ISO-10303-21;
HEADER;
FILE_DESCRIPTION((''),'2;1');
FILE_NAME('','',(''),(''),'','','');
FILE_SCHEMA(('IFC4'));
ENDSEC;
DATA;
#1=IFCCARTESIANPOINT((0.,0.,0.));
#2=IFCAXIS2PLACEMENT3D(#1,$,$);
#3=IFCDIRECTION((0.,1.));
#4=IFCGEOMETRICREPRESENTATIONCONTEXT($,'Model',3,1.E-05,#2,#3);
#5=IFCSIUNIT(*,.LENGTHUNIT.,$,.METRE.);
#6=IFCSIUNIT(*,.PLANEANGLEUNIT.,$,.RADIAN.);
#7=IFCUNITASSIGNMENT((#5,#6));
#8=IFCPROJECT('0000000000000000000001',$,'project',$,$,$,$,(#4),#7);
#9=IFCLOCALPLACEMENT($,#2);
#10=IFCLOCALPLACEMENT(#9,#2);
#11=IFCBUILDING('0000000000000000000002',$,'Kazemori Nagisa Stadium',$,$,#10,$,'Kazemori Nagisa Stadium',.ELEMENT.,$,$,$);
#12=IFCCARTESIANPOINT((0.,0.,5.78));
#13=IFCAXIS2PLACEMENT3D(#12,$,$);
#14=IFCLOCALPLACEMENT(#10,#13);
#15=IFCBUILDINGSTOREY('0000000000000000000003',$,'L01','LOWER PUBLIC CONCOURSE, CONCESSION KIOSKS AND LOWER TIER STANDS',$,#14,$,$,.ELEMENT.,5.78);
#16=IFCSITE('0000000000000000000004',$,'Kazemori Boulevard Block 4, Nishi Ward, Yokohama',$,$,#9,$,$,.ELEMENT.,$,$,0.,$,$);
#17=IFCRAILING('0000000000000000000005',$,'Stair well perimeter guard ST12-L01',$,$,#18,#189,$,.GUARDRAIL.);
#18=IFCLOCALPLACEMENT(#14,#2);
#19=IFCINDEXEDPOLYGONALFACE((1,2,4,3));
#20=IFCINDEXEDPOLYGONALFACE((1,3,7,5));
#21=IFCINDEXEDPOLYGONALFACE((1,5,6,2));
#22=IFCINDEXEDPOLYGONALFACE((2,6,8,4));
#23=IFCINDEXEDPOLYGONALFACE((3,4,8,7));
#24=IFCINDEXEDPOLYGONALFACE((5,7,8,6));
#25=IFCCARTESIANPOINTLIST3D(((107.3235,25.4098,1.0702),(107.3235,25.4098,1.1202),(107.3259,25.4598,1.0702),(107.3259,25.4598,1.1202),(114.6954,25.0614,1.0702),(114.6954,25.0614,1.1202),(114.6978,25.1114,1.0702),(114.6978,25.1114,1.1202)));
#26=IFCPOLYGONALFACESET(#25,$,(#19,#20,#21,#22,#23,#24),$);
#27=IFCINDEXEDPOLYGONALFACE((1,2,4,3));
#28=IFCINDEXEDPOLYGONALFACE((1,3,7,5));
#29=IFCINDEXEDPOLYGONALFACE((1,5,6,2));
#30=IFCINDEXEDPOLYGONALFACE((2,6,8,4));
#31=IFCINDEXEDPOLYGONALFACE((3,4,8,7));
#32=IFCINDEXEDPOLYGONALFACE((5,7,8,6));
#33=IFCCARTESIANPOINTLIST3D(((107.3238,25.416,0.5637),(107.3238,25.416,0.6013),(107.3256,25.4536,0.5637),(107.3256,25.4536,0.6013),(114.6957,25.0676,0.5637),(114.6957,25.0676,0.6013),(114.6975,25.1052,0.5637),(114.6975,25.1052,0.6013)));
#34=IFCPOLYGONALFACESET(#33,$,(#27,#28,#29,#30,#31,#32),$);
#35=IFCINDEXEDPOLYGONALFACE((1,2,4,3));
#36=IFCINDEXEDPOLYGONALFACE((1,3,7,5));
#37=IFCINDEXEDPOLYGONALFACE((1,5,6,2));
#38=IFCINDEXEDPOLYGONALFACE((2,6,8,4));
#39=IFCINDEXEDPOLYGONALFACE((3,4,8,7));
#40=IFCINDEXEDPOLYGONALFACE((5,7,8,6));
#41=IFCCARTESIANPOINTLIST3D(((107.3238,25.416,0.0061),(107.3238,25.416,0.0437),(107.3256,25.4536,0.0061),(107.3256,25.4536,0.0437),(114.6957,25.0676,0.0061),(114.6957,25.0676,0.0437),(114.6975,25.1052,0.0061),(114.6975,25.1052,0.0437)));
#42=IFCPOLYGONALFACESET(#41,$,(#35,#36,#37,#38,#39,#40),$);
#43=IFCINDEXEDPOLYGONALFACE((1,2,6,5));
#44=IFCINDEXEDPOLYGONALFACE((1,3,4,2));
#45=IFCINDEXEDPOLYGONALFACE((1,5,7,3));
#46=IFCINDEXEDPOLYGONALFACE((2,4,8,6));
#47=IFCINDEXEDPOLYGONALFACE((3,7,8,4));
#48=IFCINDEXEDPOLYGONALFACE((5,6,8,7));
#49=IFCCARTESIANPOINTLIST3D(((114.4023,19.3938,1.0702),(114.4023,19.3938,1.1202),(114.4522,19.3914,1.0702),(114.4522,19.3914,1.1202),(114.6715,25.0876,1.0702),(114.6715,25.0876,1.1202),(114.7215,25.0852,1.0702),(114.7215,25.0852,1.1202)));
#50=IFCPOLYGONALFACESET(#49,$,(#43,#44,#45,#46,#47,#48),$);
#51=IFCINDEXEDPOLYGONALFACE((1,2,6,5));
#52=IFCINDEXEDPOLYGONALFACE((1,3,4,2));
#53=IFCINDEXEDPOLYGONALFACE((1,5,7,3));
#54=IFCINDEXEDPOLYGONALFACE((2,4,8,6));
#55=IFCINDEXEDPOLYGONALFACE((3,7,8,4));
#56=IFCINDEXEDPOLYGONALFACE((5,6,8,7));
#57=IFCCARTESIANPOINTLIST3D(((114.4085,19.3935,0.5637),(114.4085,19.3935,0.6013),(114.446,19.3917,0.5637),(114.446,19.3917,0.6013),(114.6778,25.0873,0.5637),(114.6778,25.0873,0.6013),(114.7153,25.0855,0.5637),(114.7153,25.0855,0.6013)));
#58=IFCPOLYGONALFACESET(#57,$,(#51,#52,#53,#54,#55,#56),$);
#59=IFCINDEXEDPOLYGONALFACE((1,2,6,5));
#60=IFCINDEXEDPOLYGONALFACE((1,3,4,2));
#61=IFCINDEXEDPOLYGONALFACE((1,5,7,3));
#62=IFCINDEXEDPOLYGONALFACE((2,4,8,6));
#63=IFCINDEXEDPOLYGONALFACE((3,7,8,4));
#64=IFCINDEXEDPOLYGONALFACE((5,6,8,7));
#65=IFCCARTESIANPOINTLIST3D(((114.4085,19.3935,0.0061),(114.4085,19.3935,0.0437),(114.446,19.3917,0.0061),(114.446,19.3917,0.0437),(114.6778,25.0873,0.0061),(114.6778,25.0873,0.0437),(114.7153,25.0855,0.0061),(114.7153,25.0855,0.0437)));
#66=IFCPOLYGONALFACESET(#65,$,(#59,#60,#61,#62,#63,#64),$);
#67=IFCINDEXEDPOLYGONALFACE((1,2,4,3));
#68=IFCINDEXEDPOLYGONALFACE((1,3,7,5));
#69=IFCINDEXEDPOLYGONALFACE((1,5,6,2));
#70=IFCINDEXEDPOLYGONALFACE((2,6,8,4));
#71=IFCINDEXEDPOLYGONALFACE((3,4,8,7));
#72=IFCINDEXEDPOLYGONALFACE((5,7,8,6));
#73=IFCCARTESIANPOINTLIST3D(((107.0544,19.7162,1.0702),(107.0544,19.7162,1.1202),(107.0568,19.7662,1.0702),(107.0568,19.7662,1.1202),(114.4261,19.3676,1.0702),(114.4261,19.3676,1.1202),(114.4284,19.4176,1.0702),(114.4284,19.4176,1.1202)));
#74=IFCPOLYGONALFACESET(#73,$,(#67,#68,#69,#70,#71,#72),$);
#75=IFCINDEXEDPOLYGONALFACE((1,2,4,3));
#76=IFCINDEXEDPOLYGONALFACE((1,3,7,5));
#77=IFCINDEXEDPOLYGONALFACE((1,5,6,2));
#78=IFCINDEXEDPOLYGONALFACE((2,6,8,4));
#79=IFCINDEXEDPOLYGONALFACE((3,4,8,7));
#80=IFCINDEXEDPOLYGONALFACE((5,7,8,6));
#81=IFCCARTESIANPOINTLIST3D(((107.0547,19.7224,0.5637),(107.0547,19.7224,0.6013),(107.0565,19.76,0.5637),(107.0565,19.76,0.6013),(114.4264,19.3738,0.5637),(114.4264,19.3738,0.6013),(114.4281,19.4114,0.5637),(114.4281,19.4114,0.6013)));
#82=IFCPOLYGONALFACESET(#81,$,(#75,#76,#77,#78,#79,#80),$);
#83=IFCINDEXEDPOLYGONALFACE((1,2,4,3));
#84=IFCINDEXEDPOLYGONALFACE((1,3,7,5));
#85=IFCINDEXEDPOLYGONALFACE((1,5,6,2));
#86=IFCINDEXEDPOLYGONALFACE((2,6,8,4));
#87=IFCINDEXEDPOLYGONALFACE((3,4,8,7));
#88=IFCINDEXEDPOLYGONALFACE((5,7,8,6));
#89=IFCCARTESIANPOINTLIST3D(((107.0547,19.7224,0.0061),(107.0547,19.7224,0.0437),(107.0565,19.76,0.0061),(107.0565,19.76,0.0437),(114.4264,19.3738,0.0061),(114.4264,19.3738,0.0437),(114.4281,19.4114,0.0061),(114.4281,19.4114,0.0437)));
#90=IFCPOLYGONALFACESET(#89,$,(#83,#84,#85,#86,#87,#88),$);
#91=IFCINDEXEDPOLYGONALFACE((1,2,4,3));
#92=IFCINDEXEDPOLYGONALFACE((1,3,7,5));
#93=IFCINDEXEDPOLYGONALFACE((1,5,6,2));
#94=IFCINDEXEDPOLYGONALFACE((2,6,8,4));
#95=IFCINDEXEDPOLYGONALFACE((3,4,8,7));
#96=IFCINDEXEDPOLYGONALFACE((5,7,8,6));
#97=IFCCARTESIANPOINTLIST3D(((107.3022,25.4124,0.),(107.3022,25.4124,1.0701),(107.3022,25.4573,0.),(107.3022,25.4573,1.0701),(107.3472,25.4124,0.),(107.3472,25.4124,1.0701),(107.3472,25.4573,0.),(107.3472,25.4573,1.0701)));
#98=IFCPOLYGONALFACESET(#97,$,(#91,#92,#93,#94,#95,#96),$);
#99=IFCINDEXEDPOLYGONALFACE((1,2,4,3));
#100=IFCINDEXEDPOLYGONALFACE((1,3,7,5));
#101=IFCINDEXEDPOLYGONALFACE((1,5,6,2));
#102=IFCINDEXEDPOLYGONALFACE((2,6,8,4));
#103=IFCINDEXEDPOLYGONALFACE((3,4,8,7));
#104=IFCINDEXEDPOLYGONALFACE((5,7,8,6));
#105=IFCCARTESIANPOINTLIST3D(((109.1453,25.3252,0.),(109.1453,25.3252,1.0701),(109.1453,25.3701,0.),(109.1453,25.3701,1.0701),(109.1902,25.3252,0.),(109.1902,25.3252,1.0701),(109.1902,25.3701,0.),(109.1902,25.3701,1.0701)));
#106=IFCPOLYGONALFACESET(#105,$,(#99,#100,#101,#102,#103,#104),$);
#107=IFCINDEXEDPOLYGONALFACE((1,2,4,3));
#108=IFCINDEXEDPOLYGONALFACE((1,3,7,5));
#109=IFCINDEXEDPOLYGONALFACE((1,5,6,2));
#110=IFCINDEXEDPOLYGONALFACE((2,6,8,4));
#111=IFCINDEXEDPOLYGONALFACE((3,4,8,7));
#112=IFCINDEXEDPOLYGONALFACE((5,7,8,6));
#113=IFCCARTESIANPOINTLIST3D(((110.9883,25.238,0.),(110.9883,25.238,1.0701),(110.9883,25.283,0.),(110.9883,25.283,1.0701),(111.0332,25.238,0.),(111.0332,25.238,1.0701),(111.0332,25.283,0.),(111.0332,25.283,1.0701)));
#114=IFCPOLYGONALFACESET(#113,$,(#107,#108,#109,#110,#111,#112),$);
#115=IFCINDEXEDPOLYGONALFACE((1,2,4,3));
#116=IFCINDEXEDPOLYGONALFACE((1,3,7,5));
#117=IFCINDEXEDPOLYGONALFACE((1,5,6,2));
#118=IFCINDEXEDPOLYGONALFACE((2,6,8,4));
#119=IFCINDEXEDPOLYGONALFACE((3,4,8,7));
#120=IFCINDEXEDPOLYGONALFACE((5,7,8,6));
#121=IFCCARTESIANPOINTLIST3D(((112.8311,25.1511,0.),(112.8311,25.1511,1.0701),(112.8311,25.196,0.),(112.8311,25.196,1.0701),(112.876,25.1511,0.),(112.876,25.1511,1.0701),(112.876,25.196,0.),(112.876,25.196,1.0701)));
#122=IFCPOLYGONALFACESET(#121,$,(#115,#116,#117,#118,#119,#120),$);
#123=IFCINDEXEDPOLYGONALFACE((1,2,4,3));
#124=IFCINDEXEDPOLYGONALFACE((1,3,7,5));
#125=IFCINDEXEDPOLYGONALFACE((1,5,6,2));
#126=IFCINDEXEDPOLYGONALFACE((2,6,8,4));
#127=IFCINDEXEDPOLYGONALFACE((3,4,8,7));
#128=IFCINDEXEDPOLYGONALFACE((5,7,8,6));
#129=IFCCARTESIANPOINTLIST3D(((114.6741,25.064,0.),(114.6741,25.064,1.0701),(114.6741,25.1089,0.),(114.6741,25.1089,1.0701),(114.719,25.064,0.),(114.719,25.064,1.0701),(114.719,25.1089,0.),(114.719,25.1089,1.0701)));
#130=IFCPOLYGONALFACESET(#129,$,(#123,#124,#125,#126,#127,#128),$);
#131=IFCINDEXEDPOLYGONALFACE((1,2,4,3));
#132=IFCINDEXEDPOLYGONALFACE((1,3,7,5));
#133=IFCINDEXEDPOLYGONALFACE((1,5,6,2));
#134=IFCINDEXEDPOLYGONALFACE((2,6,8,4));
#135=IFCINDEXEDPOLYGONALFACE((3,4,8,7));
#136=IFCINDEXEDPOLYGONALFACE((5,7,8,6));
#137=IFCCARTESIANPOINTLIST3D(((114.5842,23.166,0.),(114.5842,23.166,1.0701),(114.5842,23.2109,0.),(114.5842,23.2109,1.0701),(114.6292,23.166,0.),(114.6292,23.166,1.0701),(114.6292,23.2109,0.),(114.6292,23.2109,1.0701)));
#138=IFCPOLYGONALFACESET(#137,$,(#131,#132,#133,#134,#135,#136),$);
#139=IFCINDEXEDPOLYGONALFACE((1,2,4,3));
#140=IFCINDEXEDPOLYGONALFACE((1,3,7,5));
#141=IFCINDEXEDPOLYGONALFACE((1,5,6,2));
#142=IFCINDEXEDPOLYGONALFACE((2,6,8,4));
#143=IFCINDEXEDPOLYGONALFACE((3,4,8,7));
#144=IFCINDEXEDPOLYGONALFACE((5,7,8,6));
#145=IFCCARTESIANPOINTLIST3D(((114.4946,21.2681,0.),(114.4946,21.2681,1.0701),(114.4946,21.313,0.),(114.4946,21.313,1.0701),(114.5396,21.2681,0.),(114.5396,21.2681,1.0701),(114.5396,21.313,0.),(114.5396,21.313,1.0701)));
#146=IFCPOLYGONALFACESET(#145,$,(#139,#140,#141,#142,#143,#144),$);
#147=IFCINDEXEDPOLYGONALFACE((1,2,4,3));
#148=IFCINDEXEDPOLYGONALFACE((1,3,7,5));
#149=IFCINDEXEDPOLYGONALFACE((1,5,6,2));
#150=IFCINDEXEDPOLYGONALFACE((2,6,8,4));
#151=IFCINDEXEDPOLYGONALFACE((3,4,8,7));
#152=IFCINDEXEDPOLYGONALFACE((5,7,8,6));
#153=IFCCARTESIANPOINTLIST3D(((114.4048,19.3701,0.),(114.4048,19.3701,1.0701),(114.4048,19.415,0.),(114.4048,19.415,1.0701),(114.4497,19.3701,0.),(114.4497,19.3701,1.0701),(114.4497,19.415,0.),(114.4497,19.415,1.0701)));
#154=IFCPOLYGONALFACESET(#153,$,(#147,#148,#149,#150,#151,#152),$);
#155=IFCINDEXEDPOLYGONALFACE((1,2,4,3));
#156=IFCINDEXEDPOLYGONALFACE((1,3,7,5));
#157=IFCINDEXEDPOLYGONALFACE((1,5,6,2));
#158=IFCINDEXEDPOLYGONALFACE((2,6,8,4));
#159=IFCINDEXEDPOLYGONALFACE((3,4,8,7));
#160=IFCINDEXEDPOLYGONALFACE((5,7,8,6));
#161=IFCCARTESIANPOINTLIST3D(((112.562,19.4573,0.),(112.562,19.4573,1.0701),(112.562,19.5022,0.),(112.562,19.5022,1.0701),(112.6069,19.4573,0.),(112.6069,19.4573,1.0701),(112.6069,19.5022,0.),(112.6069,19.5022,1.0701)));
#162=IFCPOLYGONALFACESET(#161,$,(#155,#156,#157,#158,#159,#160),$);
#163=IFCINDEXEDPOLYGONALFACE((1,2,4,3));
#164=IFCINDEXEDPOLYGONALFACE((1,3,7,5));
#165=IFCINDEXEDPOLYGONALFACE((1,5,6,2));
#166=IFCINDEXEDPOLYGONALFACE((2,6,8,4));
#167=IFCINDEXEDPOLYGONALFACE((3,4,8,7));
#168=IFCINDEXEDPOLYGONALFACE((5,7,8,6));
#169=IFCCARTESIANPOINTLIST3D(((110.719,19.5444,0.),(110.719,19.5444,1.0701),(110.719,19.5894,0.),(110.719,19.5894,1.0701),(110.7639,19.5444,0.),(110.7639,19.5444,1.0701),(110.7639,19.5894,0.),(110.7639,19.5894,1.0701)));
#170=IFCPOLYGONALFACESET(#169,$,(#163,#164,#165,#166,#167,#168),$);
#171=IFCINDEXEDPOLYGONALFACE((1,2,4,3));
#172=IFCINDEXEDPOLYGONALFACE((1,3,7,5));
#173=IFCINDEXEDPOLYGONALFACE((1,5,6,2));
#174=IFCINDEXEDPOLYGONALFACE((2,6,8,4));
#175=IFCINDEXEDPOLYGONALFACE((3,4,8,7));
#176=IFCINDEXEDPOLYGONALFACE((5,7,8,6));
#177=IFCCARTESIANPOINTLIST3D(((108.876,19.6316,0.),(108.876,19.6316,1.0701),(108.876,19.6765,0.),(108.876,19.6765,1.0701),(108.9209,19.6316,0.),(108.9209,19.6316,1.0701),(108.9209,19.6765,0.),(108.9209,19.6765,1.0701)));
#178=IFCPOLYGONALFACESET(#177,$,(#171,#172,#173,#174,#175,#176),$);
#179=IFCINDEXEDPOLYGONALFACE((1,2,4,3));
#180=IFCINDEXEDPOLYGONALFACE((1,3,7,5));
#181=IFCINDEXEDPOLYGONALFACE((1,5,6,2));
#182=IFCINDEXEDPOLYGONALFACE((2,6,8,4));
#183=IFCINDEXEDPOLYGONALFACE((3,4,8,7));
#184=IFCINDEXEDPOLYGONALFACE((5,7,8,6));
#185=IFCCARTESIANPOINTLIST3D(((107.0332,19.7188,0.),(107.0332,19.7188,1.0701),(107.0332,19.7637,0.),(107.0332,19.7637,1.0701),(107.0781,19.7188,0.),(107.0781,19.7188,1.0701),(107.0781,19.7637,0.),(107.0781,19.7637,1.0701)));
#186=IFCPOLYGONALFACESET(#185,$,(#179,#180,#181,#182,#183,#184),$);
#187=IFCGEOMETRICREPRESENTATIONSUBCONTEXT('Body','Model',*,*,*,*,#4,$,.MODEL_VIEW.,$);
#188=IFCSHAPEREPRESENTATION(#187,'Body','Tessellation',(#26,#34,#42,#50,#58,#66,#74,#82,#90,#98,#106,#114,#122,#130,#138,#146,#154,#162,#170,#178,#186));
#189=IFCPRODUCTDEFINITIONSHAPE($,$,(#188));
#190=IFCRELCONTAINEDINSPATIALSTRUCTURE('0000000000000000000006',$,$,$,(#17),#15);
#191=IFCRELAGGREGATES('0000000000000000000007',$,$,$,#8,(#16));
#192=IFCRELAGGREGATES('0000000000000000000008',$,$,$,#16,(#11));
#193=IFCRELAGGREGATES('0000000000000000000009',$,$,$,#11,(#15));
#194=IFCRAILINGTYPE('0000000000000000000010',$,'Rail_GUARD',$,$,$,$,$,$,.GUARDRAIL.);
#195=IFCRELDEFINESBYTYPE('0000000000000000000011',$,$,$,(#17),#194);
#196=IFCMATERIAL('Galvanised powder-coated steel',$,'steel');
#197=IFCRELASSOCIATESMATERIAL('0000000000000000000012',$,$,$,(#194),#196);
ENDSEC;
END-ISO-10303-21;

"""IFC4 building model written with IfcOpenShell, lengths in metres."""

from ifc_helpers import new_model, si_unit, direction, frame, origin, origin_2d, place, context, subcontext, project, spatial, rectangle, extrude, material, type_object, element, save


model = new_model("IFC4")

# Units and contexts
model_context = context("Model", 3, precision=1e-05, world=origin(), true_north=direction((0.0, 1.0)))
body_context = subcontext(model_context, "Body", "Model", "MODEL_VIEW")
ifc_project = project(units=[si_unit("LENGTHUNIT", "METRE"), si_unit("PLANEANGLEUNIT", "RADIAN")], contexts=[model_context])

# Site, building, storey
site_placement = place(None, origin())
site = spatial("IfcSite", under=ifc_project, at=site_placement, Name="Kazemori Boulevard Block 4, Nishi Ward, Yokohama", CompositionType="ELEMENT", RefElevation=0.0)
building_placement = place(site_placement, origin())
building = spatial("IfcBuilding", under=site, at=building_placement, Name="Kazemori Nagisa Stadium", LongName="Kazemori Nagisa Stadium", CompositionType="ELEMENT")
storey_placement = place(building_placement, frame((0.0, 0.0, 5.78)))
storey = spatial("IfcBuildingStorey", under=building, at=storey_placement, Name="L01", Description="LOWER PUBLIC CONCOURSE, CONCESSION KIOSKS AND LOWER TIER STANDS", CompositionType="ELEMENT", Elevation=5.78)

# Railing
ifc_material_1 = material(Name="Galvanised powder-coated steel", Category="steel")
railing_type_1 = type_object("IfcRailingType", Name="Rail_GUARD", PredefinedType="GUARDRAIL", material=ifc_material_1)
railing_1_placement = place(storey_placement, frame((107.3247, 25.4348, 0.0)))
element("IfcRailing", 1, at=railing_1_placement, inside=storey, type_object=railing_type_1, Name="Stair well perimeter guard ST12-L01", PredefinedType="GUARDRAIL", context=body_context, shape_type="SweptSolid", body=[
    extrude(rectangle(XDim=0.05, YDim=0.05, at=origin_2d()), frame((0.0, 0.0, 1.0952), z_axis=(0.998885, -0.047207, 0.0), x_axis=(0.047207, 0.998885, 0.0)), (0.0, 0.0, 1.0), 7.3801),
    extrude(rectangle(XDim=0.0376, YDim=0.0376, at=origin_2d()), frame((0.0, 0.0, 0.5825), z_axis=(0.998885, -0.047207, 0.0), x_axis=(0.047207, 0.998885, 0.0)), (0.0, 0.0, 1.0), 7.3801),
    extrude(rectangle(XDim=0.0376, YDim=0.0376, at=origin_2d()), frame((0.0, 0.0, 0.0249), z_axis=(0.998885, -0.047207, 0.0), x_axis=(0.047207, 0.998885, 0.0)), (0.0, 0.0, 1.0), 7.3801),
    extrude(rectangle(XDim=0.05, YDim=0.05, at=origin_2d()), frame((7.3718, -0.3484, 1.0952), z_axis=(-0.047242, -0.998883, 0.0), x_axis=(0.998883, -0.047242, 0.0)), (0.0, 0.0, 1.0), 5.7002),
    extrude(rectangle(XDim=0.0376, YDim=0.0376, at=origin_2d()), frame((7.3718, -0.3484, 0.5825), z_axis=(-0.047242, -0.998883, 0.0), x_axis=(0.998883, -0.047242, 0.0)), (0.0, 0.0, 1.0), 5.7002),
    extrude(rectangle(XDim=0.0376, YDim=0.0376, at=origin_2d()), frame((7.3718, -0.3484, 0.0249), z_axis=(-0.047242, -0.998883, 0.0), x_axis=(0.998883, -0.047242, 0.0)), (0.0, 0.0, 1.0), 5.7002),
    extrude(rectangle(XDim=0.05, YDim=0.05, at=origin_2d()), frame((7.1025, -6.0422, 1.0952), z_axis=(-0.998884, 0.047241, 0.0), x_axis=(-0.047241, -0.998884, 0.0)), (0.0, 0.0, 1.0), 7.3799),
    extrude(rectangle(XDim=0.0376, YDim=0.0376, at=origin_2d()), frame((7.1025, -6.0422, 0.5825), z_axis=(-0.998884, 0.047241, 0.0), x_axis=(-0.047241, -0.998884, 0.0)), (0.0, 0.0, 1.0), 7.3799),
    extrude(rectangle(XDim=0.0376, YDim=0.0376, at=origin_2d()), frame((7.1025, -6.0422, 0.0249), z_axis=(-0.998884, 0.047241, 0.0), x_axis=(-0.047241, -0.998884, 0.0)), (0.0, 0.0, 1.0), 7.3799),
    extrude(rectangle(XDim=0.0449, YDim=0.0449, at=origin_2d()), origin(), (0.0, 0.0, 1.0), 1.0701),
    extrude(rectangle(XDim=0.0449, YDim=0.0449, at=origin_2d()), frame((1.843, -0.0872, 0.0)), (0.0, 0.0, 1.0), 1.0701),
    extrude(rectangle(XDim=0.0449, YDim=0.0449, at=origin_2d()), frame((3.686, -0.1743, 0.0)), (0.0, 0.0, 1.0), 1.0701),
    extrude(rectangle(XDim=0.0449, YDim=0.0449, at=origin_2d()), frame((5.5288, -0.2612, 0.0)), (0.0, 0.0, 1.0), 1.0701),
    extrude(rectangle(XDim=0.0449, YDim=0.0449, at=origin_2d()), frame((7.3718, -0.3484, 0.0)), (0.0, 0.0, 1.0), 1.0701),
    extrude(rectangle(XDim=0.0449, YDim=0.0449, at=origin_2d()), frame((7.282, -2.2463, 0.0)), (0.0, 0.0, 1.0), 1.0701),
    extrude(rectangle(XDim=0.0449, YDim=0.0449, at=origin_2d()), frame((7.1924, -4.1443, 0.0)), (0.0, 0.0, 1.0), 1.0701),
    extrude(rectangle(XDim=0.0449, YDim=0.0449, at=origin_2d()), frame((7.1025, -6.0422, 0.0)), (0.0, 0.0, 1.0), 1.0701),
    extrude(rectangle(XDim=0.0449, YDim=0.0449, at=origin_2d()), frame((5.2598, -5.9551, 0.0)), (0.0, 0.0, 1.0), 1.0701),
    extrude(rectangle(XDim=0.0449, YDim=0.0449, at=origin_2d()), frame((3.4167, -5.8679, 0.0)), (0.0, 0.0, 1.0), 1.0701),
    extrude(rectangle(XDim=0.0449, YDim=0.0449, at=origin_2d()), frame((1.5737, -5.7808, 0.0)), (0.0, 0.0, 1.0), 1.0701),
    extrude(rectangle(XDim=0.0449, YDim=0.0449, at=origin_2d()), frame((-0.269, -5.6936, 0.0)), (0.0, 0.0, 1.0), 1.0701),
])

save(model, "model.ifc")
